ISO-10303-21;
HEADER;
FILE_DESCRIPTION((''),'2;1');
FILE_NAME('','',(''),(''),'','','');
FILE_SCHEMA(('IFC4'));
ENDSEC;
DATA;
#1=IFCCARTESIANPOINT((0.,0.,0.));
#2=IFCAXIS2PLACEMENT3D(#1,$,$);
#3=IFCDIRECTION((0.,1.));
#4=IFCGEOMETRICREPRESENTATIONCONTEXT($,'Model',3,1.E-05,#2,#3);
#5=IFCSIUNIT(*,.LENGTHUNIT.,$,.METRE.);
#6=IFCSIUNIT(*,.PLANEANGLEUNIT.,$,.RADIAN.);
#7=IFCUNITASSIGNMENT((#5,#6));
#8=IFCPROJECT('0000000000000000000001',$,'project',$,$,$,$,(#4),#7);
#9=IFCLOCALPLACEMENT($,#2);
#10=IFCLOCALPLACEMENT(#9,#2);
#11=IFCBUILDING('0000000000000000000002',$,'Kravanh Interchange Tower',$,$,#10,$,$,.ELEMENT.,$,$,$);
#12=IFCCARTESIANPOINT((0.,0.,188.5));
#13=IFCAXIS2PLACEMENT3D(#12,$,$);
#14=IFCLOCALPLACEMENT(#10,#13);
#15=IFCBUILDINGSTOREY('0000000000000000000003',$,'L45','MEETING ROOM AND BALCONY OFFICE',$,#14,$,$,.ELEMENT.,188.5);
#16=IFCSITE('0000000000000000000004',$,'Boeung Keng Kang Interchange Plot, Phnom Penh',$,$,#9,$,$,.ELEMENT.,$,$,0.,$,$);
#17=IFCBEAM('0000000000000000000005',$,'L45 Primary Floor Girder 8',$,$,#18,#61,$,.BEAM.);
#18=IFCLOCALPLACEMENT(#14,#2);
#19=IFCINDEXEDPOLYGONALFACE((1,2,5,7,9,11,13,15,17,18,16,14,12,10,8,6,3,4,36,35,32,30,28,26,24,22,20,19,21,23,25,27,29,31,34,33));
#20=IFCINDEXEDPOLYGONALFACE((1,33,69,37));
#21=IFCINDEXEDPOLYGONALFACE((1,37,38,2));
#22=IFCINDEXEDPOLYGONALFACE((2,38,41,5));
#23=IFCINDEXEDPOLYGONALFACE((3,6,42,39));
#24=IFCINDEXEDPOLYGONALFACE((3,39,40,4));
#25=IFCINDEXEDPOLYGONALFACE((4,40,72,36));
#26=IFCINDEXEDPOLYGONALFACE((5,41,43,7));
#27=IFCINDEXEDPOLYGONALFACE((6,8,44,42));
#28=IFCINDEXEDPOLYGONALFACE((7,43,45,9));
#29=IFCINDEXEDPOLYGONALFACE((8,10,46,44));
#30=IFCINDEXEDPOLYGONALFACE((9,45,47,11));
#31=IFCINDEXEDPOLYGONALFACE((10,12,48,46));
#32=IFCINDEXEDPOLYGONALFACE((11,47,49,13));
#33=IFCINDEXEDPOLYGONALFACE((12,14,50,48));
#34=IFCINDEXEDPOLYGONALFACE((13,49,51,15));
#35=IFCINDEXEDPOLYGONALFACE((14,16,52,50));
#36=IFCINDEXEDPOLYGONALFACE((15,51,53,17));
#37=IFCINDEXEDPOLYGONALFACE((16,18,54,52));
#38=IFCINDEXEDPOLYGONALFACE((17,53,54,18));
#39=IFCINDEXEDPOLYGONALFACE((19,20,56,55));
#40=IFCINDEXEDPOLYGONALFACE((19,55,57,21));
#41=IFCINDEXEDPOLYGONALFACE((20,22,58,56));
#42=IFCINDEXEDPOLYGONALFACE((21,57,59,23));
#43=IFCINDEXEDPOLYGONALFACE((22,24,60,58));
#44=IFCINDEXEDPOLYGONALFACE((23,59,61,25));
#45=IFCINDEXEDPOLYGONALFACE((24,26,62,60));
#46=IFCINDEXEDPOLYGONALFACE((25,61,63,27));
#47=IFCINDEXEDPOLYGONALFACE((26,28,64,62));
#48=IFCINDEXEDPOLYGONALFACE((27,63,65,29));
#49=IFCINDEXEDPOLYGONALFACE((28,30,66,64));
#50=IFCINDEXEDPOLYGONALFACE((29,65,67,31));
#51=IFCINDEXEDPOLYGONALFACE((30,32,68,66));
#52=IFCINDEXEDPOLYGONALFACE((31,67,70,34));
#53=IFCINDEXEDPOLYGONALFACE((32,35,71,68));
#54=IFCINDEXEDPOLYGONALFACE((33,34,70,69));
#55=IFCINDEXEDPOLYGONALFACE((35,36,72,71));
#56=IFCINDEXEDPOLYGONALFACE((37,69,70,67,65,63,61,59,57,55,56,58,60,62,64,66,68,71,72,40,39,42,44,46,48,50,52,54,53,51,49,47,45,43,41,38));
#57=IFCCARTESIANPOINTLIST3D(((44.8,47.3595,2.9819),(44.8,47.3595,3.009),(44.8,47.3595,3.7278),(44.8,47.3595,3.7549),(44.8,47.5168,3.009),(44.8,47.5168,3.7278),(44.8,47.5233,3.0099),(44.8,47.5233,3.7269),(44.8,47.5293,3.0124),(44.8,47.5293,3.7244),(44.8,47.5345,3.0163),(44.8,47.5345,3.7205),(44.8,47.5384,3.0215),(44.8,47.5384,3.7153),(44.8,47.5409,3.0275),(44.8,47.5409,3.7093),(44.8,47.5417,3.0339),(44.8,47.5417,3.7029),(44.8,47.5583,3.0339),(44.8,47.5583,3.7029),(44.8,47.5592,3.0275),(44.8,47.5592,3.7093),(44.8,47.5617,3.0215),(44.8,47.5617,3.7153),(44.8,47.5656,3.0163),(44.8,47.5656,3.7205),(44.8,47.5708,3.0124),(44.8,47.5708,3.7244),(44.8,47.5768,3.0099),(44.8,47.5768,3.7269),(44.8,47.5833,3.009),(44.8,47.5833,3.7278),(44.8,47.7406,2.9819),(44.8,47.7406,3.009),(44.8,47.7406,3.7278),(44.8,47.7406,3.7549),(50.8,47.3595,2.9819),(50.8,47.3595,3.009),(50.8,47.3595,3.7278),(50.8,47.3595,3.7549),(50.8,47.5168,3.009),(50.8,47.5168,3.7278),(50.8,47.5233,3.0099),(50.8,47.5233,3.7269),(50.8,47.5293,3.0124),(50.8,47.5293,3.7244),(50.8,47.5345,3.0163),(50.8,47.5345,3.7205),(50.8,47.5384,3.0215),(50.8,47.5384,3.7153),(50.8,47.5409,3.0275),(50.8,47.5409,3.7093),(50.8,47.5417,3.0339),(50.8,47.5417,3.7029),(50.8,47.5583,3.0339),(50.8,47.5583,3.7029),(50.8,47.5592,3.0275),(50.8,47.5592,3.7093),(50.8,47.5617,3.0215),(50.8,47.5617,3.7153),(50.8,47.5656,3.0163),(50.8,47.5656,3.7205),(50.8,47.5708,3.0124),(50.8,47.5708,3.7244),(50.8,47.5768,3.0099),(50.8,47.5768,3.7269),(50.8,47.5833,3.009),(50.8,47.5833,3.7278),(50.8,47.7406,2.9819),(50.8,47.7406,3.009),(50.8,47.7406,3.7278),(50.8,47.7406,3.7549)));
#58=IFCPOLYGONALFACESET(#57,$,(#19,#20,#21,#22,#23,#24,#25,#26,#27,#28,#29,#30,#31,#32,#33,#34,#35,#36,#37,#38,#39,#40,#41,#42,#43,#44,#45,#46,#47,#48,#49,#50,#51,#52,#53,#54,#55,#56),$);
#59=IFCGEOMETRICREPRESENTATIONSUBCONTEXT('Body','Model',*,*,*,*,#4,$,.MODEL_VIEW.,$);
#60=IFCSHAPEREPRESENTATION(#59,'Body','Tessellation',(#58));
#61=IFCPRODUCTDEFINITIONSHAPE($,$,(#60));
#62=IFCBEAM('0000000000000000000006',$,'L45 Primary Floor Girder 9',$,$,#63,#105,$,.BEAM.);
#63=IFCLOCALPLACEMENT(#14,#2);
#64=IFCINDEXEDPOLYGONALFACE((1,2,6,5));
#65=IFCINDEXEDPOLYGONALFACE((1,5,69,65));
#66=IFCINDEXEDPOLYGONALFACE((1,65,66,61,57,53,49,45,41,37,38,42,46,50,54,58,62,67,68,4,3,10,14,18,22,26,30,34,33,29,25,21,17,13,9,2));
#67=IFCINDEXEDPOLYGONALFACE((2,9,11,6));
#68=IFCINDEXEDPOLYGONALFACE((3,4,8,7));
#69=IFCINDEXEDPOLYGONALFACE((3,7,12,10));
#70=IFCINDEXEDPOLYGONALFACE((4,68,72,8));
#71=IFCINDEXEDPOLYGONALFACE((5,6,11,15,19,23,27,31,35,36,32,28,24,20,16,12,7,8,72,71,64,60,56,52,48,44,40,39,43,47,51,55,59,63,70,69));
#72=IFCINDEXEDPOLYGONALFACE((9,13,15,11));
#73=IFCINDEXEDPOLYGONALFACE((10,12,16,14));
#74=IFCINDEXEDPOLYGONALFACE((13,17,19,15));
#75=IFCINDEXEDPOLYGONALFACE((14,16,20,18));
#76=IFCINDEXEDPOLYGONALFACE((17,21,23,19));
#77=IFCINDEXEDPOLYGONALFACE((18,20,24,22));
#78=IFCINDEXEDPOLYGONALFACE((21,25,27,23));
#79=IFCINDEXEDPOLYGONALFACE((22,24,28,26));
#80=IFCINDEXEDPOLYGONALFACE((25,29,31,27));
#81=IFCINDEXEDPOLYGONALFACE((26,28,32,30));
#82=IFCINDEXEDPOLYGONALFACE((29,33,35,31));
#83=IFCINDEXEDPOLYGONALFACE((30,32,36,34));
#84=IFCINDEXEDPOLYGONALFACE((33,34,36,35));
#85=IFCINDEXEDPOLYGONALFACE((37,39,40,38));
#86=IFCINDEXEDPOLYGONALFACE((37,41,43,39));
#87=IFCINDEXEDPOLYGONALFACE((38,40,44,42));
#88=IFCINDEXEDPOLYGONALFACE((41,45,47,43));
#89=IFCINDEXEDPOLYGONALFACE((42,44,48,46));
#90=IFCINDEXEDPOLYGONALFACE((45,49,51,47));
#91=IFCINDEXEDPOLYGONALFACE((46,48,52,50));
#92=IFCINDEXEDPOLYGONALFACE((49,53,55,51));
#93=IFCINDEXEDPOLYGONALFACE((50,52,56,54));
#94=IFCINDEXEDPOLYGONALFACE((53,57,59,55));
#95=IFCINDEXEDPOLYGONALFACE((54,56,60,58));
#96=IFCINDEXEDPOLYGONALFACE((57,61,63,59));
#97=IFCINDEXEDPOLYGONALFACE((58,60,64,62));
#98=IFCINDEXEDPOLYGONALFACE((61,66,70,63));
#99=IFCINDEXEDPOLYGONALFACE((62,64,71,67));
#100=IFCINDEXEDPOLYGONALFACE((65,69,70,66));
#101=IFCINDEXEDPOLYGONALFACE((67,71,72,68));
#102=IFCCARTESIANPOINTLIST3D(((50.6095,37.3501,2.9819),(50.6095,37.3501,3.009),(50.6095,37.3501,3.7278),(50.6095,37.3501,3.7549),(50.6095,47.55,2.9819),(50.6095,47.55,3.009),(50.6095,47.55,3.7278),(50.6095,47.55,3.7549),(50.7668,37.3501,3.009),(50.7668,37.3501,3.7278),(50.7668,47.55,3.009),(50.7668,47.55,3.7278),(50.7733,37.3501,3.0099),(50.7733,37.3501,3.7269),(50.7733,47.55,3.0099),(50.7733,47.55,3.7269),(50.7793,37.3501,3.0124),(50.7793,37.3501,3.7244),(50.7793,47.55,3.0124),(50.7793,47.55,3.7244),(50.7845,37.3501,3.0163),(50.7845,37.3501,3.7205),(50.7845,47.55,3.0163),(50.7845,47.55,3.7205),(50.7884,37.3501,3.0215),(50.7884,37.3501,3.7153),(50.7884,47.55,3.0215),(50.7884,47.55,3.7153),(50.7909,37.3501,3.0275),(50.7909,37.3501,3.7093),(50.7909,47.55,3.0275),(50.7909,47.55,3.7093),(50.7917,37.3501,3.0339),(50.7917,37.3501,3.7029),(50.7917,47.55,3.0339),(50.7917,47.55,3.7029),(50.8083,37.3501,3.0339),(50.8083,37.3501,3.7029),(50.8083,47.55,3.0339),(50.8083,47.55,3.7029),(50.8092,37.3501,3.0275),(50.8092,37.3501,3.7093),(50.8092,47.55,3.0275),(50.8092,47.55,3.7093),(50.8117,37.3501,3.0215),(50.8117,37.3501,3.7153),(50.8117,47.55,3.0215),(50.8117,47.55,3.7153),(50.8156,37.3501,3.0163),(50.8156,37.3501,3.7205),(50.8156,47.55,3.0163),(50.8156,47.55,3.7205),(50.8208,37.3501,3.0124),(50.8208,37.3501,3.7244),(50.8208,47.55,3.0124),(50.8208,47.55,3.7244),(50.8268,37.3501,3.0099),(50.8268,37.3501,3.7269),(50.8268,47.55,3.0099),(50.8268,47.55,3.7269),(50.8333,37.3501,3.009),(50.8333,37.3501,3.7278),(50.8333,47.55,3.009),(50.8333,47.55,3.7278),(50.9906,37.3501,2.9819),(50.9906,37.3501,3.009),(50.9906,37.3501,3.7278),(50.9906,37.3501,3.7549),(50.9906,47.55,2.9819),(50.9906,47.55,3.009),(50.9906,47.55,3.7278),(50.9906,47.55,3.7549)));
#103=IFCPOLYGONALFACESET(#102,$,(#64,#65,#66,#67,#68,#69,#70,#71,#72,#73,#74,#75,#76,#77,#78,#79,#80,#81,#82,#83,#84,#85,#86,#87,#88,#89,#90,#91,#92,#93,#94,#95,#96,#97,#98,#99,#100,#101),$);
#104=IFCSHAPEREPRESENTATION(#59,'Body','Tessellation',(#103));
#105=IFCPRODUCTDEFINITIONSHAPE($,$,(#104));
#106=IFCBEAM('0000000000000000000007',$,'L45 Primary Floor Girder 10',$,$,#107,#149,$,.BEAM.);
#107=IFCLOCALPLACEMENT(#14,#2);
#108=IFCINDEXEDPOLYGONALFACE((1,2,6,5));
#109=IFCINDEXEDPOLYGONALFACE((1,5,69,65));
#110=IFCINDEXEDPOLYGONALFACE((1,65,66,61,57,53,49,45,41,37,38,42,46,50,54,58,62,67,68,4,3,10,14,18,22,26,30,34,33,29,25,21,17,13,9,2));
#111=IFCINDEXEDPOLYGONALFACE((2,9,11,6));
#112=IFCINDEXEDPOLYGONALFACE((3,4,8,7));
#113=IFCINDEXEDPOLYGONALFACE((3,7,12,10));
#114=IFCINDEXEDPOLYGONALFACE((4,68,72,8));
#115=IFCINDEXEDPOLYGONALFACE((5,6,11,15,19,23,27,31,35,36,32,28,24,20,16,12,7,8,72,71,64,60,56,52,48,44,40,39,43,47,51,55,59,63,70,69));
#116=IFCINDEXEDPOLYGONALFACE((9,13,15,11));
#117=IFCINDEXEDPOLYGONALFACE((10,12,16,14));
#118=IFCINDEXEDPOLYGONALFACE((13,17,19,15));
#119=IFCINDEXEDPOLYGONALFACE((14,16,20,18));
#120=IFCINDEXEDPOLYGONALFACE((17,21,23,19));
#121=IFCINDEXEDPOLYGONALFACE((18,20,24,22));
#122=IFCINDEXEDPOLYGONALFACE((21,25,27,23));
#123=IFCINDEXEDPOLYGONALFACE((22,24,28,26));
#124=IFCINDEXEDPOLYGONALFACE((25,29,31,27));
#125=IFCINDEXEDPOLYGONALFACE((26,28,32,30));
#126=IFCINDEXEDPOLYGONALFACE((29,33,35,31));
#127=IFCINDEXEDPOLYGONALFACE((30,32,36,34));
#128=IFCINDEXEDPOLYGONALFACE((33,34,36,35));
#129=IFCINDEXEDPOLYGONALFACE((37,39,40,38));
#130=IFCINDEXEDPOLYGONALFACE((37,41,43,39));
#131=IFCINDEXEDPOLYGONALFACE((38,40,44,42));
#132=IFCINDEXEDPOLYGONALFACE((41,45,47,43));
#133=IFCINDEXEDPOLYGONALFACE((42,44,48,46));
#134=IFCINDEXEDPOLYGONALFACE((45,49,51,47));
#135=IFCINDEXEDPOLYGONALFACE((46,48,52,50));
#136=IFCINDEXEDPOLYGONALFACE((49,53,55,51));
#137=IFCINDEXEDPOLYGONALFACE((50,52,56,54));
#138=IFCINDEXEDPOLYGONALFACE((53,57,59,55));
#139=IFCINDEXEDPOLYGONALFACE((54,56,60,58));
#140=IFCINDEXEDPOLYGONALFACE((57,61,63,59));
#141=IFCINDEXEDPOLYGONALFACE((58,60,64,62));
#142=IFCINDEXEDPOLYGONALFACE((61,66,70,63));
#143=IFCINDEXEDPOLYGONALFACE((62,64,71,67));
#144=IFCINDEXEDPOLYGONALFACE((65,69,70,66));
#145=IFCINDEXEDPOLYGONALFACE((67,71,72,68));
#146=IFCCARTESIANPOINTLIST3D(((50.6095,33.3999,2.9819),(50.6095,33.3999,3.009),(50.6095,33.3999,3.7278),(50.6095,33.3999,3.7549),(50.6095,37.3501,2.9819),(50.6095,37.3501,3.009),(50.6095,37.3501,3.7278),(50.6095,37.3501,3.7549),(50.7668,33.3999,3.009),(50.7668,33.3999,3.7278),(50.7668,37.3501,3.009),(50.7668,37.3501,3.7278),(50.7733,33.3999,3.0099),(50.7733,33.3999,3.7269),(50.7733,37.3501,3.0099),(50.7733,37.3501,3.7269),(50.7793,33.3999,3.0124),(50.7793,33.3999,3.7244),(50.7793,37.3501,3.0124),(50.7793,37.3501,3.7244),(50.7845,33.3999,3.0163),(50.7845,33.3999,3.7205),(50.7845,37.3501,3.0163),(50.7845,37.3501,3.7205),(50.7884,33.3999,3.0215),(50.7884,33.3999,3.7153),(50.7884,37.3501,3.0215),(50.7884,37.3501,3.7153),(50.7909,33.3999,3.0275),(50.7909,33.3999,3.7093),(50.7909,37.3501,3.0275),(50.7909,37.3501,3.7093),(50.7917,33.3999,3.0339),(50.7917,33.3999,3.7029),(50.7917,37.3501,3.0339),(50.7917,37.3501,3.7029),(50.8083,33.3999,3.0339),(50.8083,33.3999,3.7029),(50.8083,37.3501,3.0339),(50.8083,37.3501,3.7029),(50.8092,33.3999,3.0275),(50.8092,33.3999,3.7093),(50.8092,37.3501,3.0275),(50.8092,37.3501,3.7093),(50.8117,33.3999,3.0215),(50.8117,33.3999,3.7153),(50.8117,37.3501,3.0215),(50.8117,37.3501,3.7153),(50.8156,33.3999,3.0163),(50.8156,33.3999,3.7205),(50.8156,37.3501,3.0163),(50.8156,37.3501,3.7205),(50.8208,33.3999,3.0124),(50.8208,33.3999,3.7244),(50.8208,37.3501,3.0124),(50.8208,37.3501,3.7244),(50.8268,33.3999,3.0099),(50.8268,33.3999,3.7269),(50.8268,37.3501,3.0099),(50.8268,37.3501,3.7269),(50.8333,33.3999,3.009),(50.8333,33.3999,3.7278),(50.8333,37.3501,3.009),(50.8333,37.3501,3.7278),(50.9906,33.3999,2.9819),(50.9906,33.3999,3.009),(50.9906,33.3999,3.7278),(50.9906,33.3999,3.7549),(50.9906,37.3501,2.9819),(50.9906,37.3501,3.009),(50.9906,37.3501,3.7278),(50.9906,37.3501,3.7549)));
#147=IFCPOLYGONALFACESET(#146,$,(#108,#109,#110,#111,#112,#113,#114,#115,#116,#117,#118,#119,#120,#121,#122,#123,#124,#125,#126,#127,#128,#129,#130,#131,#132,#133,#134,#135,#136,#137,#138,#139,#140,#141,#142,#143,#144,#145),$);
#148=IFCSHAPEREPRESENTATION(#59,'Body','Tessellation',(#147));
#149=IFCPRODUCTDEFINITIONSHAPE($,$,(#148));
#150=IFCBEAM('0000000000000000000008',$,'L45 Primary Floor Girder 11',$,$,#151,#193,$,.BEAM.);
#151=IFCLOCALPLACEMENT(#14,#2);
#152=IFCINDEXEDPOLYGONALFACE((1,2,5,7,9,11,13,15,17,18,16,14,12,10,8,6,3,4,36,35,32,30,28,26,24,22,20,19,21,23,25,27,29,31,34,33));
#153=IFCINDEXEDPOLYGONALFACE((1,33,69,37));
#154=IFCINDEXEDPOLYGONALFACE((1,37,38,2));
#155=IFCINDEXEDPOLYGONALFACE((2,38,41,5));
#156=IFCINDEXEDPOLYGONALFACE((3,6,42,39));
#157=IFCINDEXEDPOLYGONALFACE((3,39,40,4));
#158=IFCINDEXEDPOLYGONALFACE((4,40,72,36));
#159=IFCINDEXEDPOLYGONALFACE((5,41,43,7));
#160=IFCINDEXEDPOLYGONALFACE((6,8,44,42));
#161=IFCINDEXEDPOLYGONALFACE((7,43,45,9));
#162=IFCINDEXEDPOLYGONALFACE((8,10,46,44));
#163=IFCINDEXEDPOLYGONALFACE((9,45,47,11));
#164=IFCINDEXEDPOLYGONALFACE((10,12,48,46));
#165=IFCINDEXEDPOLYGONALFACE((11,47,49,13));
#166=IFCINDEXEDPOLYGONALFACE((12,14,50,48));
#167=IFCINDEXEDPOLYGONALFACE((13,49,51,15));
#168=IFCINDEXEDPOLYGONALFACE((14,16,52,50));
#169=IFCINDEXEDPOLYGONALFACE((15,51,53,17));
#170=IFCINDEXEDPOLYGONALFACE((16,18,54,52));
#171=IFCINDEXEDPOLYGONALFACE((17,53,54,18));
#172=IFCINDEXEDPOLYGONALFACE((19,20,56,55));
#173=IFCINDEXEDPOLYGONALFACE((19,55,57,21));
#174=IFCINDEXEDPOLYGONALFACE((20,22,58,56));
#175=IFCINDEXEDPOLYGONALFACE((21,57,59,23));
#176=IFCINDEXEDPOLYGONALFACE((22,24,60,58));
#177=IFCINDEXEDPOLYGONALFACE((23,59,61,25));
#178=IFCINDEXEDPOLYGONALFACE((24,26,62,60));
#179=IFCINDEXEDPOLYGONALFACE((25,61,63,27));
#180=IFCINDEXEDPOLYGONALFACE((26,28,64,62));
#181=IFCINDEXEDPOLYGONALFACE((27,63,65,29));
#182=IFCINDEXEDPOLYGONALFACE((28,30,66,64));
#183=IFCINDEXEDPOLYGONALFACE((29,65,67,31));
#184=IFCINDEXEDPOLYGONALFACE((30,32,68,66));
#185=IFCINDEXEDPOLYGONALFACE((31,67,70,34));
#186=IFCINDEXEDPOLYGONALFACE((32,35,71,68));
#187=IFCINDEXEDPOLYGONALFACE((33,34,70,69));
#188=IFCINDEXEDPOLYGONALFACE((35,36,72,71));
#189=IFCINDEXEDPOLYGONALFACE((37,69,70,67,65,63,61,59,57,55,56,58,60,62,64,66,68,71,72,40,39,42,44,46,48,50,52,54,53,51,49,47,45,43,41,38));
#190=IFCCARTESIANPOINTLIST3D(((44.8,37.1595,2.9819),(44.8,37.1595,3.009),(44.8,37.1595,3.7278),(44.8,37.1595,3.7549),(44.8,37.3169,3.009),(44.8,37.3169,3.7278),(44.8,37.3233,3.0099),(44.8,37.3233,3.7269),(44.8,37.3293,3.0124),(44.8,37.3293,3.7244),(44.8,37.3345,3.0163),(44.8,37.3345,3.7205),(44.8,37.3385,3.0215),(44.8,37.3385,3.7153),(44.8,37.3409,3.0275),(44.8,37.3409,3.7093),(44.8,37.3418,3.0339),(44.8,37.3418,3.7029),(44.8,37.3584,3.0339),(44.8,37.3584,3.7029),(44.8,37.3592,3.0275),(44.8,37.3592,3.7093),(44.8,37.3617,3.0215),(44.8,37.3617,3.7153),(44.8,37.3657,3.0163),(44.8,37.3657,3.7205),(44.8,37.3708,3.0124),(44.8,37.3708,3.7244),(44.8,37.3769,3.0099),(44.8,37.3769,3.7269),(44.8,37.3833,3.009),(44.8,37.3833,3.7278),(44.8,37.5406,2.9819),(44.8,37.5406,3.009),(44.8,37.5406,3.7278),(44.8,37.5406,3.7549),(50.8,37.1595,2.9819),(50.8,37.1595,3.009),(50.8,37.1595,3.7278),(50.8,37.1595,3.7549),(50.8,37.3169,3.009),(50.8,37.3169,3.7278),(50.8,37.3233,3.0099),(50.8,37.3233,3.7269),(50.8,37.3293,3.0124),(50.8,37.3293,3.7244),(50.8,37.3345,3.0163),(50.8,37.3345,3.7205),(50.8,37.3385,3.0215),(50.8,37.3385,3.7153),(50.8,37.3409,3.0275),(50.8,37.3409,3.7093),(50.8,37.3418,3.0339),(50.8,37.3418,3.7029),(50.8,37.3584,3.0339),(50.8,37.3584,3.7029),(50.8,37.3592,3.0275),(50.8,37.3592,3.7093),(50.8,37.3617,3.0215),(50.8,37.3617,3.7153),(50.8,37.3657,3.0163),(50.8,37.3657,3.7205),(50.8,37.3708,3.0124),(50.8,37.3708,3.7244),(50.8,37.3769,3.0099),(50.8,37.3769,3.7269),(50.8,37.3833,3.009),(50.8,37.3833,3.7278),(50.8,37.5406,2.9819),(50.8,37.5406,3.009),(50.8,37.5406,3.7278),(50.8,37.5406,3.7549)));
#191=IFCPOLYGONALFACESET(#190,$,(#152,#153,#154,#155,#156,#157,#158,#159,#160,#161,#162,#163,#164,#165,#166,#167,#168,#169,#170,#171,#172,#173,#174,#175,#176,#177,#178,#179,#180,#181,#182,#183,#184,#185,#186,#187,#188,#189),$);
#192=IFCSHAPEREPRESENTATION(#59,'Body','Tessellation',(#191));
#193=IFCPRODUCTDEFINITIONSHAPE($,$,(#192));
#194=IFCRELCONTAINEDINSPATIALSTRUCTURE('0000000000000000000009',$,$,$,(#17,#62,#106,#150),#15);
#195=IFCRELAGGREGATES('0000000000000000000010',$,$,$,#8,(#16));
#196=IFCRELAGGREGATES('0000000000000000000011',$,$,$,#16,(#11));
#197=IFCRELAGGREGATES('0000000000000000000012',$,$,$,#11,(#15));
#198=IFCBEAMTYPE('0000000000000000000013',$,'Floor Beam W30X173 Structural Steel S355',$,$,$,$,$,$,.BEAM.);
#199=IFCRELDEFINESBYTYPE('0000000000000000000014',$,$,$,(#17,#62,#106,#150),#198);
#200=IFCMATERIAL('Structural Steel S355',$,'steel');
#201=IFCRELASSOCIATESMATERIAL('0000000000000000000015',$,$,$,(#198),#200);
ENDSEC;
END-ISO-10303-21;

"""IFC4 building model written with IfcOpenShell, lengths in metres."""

from ifc_helpers import new_model, si_unit, direction, frame, origin, origin_2d, place, context, subcontext, project, spatial, i_section, extrude, material, material_profile, profile_set, type_object, element, save


model = new_model("IFC4")

# Units and contexts
model_context = context("Model", 3, precision=1e-05, world=origin(), true_north=direction((0.0, 1.0)))
body_context = subcontext(model_context, "Body", "Model", "MODEL_VIEW")
ifc_project = project(units=[si_unit("LENGTHUNIT", "METRE"), si_unit("PLANEANGLEUNIT", "RADIAN")], contexts=[model_context])

# Site, building, storey
site_placement = place(None, origin())
site = spatial("IfcSite", under=ifc_project, at=site_placement, Name="Boeung Keng Kang Interchange Plot, Phnom Penh", CompositionType="ELEMENT", RefElevation=0.0)
building_placement = place(site_placement, origin())
building = spatial("IfcBuilding", under=site, at=building_placement, Name="Kravanh Interchange Tower", CompositionType="ELEMENT")
storey_placement = place(building_placement, frame((0.0, 0.0, 188.5)))
storey = spatial("IfcBuildingStorey", under=building, at=storey_placement, Name="L45", Description="MEETING ROOM AND BALCONY OFFICE", CompositionType="ELEMENT", Elevation=188.5)

# Beams
ifc_material_1 = material(Name="Structural Steel S355", Category="steel")
ifc_material_profile_1 = material_profile(ifc_material_1, i_section(OverallWidth=0.3811, OverallDepth=0.7729, WebThickness=0.0166, FlangeThickness=0.0271, FilletRadius=0.0249, at=origin_2d()), Name="W30X173")
ifc_profile_set_1 = profile_set([ifc_material_profile_1], Name="Structural Steel S355")
beam_type_1 = type_object("IfcBeamType", Name="Floor Beam W30X173 Structural Steel S355", PredefinedType="BEAM", material=ifc_profile_set_1)
beam_1_placement = place(storey_placement, frame((50.8, 47.55, 3.3684), z_axis=(-1.0, 0.0, 0.0), x_axis=(0.0, -1.0, 0.0)))
element("IfcBeam", 1, at=beam_1_placement, inside=storey, type_object=beam_type_1, Name="L45 Primary Floor Girder 8", PredefinedType="BEAM", context=body_context, shape_type="SweptSolid", body=[
    extrude(i_section(OverallWidth=0.3811, OverallDepth=0.7729, WebThickness=0.0166, FlangeThickness=0.0271, FilletRadius=0.0249, at=origin_2d()), origin(), (0.0, 0.0, 1.0), 6.0),
])
beam_2_placement = place(storey_placement, frame((50.8, 47.55, 3.3684), z_axis=(0.0, -1.0, 0.0), x_axis=(1.0, 0.0, 0.0)))
element("IfcBeam", 2, at=beam_2_placement, inside=storey, type_object=beam_type_1, Name="L45 Primary Floor Girder 9", PredefinedType="BEAM", context=body_context, shape_type="SweptSolid", body=[
    extrude(i_section(OverallWidth=0.3811, OverallDepth=0.7729, WebThickness=0.0166, FlangeThickness=0.0271, FilletRadius=0.0249, at=origin_2d()), origin(), (0.0, 0.0, 1.0), 10.2),
])
beam_3_placement = place(storey_placement, frame((50.8, 37.3501, 3.3684), z_axis=(0.0, -1.0, 0.0), x_axis=(1.0, 0.0, 0.0)))
element("IfcBeam", 3, at=beam_3_placement, inside=storey, type_object=beam_type_1, Name="L45 Primary Floor Girder 10", PredefinedType="BEAM", context=body_context, shape_type="SweptSolid", body=[
    extrude(i_section(OverallWidth=0.3811, OverallDepth=0.7729, WebThickness=0.0166, FlangeThickness=0.0271, FilletRadius=0.0249, at=origin_2d()), origin(), (0.0, 0.0, 1.0), 3.9502),
])
beam_4_placement = place(storey_placement, frame((50.8, 37.3501, 3.3684), z_axis=(-1.0, 0.0, 0.0), x_axis=(0.0, -1.0, 0.0)))
element("IfcBeam", 4, at=beam_4_placement, inside=storey, type_object=beam_type_1, Name="L45 Primary Floor Girder 11", PredefinedType="BEAM", context=body_context, shape_type="SweptSolid", body=[
    extrude(i_section(OverallWidth=0.3811, OverallDepth=0.7729, WebThickness=0.0166, FlangeThickness=0.0271, FilletRadius=0.0249, at=origin_2d()), origin(), (0.0, 0.0, 1.0), 6.0),
])

save(model, "model.ifc")
